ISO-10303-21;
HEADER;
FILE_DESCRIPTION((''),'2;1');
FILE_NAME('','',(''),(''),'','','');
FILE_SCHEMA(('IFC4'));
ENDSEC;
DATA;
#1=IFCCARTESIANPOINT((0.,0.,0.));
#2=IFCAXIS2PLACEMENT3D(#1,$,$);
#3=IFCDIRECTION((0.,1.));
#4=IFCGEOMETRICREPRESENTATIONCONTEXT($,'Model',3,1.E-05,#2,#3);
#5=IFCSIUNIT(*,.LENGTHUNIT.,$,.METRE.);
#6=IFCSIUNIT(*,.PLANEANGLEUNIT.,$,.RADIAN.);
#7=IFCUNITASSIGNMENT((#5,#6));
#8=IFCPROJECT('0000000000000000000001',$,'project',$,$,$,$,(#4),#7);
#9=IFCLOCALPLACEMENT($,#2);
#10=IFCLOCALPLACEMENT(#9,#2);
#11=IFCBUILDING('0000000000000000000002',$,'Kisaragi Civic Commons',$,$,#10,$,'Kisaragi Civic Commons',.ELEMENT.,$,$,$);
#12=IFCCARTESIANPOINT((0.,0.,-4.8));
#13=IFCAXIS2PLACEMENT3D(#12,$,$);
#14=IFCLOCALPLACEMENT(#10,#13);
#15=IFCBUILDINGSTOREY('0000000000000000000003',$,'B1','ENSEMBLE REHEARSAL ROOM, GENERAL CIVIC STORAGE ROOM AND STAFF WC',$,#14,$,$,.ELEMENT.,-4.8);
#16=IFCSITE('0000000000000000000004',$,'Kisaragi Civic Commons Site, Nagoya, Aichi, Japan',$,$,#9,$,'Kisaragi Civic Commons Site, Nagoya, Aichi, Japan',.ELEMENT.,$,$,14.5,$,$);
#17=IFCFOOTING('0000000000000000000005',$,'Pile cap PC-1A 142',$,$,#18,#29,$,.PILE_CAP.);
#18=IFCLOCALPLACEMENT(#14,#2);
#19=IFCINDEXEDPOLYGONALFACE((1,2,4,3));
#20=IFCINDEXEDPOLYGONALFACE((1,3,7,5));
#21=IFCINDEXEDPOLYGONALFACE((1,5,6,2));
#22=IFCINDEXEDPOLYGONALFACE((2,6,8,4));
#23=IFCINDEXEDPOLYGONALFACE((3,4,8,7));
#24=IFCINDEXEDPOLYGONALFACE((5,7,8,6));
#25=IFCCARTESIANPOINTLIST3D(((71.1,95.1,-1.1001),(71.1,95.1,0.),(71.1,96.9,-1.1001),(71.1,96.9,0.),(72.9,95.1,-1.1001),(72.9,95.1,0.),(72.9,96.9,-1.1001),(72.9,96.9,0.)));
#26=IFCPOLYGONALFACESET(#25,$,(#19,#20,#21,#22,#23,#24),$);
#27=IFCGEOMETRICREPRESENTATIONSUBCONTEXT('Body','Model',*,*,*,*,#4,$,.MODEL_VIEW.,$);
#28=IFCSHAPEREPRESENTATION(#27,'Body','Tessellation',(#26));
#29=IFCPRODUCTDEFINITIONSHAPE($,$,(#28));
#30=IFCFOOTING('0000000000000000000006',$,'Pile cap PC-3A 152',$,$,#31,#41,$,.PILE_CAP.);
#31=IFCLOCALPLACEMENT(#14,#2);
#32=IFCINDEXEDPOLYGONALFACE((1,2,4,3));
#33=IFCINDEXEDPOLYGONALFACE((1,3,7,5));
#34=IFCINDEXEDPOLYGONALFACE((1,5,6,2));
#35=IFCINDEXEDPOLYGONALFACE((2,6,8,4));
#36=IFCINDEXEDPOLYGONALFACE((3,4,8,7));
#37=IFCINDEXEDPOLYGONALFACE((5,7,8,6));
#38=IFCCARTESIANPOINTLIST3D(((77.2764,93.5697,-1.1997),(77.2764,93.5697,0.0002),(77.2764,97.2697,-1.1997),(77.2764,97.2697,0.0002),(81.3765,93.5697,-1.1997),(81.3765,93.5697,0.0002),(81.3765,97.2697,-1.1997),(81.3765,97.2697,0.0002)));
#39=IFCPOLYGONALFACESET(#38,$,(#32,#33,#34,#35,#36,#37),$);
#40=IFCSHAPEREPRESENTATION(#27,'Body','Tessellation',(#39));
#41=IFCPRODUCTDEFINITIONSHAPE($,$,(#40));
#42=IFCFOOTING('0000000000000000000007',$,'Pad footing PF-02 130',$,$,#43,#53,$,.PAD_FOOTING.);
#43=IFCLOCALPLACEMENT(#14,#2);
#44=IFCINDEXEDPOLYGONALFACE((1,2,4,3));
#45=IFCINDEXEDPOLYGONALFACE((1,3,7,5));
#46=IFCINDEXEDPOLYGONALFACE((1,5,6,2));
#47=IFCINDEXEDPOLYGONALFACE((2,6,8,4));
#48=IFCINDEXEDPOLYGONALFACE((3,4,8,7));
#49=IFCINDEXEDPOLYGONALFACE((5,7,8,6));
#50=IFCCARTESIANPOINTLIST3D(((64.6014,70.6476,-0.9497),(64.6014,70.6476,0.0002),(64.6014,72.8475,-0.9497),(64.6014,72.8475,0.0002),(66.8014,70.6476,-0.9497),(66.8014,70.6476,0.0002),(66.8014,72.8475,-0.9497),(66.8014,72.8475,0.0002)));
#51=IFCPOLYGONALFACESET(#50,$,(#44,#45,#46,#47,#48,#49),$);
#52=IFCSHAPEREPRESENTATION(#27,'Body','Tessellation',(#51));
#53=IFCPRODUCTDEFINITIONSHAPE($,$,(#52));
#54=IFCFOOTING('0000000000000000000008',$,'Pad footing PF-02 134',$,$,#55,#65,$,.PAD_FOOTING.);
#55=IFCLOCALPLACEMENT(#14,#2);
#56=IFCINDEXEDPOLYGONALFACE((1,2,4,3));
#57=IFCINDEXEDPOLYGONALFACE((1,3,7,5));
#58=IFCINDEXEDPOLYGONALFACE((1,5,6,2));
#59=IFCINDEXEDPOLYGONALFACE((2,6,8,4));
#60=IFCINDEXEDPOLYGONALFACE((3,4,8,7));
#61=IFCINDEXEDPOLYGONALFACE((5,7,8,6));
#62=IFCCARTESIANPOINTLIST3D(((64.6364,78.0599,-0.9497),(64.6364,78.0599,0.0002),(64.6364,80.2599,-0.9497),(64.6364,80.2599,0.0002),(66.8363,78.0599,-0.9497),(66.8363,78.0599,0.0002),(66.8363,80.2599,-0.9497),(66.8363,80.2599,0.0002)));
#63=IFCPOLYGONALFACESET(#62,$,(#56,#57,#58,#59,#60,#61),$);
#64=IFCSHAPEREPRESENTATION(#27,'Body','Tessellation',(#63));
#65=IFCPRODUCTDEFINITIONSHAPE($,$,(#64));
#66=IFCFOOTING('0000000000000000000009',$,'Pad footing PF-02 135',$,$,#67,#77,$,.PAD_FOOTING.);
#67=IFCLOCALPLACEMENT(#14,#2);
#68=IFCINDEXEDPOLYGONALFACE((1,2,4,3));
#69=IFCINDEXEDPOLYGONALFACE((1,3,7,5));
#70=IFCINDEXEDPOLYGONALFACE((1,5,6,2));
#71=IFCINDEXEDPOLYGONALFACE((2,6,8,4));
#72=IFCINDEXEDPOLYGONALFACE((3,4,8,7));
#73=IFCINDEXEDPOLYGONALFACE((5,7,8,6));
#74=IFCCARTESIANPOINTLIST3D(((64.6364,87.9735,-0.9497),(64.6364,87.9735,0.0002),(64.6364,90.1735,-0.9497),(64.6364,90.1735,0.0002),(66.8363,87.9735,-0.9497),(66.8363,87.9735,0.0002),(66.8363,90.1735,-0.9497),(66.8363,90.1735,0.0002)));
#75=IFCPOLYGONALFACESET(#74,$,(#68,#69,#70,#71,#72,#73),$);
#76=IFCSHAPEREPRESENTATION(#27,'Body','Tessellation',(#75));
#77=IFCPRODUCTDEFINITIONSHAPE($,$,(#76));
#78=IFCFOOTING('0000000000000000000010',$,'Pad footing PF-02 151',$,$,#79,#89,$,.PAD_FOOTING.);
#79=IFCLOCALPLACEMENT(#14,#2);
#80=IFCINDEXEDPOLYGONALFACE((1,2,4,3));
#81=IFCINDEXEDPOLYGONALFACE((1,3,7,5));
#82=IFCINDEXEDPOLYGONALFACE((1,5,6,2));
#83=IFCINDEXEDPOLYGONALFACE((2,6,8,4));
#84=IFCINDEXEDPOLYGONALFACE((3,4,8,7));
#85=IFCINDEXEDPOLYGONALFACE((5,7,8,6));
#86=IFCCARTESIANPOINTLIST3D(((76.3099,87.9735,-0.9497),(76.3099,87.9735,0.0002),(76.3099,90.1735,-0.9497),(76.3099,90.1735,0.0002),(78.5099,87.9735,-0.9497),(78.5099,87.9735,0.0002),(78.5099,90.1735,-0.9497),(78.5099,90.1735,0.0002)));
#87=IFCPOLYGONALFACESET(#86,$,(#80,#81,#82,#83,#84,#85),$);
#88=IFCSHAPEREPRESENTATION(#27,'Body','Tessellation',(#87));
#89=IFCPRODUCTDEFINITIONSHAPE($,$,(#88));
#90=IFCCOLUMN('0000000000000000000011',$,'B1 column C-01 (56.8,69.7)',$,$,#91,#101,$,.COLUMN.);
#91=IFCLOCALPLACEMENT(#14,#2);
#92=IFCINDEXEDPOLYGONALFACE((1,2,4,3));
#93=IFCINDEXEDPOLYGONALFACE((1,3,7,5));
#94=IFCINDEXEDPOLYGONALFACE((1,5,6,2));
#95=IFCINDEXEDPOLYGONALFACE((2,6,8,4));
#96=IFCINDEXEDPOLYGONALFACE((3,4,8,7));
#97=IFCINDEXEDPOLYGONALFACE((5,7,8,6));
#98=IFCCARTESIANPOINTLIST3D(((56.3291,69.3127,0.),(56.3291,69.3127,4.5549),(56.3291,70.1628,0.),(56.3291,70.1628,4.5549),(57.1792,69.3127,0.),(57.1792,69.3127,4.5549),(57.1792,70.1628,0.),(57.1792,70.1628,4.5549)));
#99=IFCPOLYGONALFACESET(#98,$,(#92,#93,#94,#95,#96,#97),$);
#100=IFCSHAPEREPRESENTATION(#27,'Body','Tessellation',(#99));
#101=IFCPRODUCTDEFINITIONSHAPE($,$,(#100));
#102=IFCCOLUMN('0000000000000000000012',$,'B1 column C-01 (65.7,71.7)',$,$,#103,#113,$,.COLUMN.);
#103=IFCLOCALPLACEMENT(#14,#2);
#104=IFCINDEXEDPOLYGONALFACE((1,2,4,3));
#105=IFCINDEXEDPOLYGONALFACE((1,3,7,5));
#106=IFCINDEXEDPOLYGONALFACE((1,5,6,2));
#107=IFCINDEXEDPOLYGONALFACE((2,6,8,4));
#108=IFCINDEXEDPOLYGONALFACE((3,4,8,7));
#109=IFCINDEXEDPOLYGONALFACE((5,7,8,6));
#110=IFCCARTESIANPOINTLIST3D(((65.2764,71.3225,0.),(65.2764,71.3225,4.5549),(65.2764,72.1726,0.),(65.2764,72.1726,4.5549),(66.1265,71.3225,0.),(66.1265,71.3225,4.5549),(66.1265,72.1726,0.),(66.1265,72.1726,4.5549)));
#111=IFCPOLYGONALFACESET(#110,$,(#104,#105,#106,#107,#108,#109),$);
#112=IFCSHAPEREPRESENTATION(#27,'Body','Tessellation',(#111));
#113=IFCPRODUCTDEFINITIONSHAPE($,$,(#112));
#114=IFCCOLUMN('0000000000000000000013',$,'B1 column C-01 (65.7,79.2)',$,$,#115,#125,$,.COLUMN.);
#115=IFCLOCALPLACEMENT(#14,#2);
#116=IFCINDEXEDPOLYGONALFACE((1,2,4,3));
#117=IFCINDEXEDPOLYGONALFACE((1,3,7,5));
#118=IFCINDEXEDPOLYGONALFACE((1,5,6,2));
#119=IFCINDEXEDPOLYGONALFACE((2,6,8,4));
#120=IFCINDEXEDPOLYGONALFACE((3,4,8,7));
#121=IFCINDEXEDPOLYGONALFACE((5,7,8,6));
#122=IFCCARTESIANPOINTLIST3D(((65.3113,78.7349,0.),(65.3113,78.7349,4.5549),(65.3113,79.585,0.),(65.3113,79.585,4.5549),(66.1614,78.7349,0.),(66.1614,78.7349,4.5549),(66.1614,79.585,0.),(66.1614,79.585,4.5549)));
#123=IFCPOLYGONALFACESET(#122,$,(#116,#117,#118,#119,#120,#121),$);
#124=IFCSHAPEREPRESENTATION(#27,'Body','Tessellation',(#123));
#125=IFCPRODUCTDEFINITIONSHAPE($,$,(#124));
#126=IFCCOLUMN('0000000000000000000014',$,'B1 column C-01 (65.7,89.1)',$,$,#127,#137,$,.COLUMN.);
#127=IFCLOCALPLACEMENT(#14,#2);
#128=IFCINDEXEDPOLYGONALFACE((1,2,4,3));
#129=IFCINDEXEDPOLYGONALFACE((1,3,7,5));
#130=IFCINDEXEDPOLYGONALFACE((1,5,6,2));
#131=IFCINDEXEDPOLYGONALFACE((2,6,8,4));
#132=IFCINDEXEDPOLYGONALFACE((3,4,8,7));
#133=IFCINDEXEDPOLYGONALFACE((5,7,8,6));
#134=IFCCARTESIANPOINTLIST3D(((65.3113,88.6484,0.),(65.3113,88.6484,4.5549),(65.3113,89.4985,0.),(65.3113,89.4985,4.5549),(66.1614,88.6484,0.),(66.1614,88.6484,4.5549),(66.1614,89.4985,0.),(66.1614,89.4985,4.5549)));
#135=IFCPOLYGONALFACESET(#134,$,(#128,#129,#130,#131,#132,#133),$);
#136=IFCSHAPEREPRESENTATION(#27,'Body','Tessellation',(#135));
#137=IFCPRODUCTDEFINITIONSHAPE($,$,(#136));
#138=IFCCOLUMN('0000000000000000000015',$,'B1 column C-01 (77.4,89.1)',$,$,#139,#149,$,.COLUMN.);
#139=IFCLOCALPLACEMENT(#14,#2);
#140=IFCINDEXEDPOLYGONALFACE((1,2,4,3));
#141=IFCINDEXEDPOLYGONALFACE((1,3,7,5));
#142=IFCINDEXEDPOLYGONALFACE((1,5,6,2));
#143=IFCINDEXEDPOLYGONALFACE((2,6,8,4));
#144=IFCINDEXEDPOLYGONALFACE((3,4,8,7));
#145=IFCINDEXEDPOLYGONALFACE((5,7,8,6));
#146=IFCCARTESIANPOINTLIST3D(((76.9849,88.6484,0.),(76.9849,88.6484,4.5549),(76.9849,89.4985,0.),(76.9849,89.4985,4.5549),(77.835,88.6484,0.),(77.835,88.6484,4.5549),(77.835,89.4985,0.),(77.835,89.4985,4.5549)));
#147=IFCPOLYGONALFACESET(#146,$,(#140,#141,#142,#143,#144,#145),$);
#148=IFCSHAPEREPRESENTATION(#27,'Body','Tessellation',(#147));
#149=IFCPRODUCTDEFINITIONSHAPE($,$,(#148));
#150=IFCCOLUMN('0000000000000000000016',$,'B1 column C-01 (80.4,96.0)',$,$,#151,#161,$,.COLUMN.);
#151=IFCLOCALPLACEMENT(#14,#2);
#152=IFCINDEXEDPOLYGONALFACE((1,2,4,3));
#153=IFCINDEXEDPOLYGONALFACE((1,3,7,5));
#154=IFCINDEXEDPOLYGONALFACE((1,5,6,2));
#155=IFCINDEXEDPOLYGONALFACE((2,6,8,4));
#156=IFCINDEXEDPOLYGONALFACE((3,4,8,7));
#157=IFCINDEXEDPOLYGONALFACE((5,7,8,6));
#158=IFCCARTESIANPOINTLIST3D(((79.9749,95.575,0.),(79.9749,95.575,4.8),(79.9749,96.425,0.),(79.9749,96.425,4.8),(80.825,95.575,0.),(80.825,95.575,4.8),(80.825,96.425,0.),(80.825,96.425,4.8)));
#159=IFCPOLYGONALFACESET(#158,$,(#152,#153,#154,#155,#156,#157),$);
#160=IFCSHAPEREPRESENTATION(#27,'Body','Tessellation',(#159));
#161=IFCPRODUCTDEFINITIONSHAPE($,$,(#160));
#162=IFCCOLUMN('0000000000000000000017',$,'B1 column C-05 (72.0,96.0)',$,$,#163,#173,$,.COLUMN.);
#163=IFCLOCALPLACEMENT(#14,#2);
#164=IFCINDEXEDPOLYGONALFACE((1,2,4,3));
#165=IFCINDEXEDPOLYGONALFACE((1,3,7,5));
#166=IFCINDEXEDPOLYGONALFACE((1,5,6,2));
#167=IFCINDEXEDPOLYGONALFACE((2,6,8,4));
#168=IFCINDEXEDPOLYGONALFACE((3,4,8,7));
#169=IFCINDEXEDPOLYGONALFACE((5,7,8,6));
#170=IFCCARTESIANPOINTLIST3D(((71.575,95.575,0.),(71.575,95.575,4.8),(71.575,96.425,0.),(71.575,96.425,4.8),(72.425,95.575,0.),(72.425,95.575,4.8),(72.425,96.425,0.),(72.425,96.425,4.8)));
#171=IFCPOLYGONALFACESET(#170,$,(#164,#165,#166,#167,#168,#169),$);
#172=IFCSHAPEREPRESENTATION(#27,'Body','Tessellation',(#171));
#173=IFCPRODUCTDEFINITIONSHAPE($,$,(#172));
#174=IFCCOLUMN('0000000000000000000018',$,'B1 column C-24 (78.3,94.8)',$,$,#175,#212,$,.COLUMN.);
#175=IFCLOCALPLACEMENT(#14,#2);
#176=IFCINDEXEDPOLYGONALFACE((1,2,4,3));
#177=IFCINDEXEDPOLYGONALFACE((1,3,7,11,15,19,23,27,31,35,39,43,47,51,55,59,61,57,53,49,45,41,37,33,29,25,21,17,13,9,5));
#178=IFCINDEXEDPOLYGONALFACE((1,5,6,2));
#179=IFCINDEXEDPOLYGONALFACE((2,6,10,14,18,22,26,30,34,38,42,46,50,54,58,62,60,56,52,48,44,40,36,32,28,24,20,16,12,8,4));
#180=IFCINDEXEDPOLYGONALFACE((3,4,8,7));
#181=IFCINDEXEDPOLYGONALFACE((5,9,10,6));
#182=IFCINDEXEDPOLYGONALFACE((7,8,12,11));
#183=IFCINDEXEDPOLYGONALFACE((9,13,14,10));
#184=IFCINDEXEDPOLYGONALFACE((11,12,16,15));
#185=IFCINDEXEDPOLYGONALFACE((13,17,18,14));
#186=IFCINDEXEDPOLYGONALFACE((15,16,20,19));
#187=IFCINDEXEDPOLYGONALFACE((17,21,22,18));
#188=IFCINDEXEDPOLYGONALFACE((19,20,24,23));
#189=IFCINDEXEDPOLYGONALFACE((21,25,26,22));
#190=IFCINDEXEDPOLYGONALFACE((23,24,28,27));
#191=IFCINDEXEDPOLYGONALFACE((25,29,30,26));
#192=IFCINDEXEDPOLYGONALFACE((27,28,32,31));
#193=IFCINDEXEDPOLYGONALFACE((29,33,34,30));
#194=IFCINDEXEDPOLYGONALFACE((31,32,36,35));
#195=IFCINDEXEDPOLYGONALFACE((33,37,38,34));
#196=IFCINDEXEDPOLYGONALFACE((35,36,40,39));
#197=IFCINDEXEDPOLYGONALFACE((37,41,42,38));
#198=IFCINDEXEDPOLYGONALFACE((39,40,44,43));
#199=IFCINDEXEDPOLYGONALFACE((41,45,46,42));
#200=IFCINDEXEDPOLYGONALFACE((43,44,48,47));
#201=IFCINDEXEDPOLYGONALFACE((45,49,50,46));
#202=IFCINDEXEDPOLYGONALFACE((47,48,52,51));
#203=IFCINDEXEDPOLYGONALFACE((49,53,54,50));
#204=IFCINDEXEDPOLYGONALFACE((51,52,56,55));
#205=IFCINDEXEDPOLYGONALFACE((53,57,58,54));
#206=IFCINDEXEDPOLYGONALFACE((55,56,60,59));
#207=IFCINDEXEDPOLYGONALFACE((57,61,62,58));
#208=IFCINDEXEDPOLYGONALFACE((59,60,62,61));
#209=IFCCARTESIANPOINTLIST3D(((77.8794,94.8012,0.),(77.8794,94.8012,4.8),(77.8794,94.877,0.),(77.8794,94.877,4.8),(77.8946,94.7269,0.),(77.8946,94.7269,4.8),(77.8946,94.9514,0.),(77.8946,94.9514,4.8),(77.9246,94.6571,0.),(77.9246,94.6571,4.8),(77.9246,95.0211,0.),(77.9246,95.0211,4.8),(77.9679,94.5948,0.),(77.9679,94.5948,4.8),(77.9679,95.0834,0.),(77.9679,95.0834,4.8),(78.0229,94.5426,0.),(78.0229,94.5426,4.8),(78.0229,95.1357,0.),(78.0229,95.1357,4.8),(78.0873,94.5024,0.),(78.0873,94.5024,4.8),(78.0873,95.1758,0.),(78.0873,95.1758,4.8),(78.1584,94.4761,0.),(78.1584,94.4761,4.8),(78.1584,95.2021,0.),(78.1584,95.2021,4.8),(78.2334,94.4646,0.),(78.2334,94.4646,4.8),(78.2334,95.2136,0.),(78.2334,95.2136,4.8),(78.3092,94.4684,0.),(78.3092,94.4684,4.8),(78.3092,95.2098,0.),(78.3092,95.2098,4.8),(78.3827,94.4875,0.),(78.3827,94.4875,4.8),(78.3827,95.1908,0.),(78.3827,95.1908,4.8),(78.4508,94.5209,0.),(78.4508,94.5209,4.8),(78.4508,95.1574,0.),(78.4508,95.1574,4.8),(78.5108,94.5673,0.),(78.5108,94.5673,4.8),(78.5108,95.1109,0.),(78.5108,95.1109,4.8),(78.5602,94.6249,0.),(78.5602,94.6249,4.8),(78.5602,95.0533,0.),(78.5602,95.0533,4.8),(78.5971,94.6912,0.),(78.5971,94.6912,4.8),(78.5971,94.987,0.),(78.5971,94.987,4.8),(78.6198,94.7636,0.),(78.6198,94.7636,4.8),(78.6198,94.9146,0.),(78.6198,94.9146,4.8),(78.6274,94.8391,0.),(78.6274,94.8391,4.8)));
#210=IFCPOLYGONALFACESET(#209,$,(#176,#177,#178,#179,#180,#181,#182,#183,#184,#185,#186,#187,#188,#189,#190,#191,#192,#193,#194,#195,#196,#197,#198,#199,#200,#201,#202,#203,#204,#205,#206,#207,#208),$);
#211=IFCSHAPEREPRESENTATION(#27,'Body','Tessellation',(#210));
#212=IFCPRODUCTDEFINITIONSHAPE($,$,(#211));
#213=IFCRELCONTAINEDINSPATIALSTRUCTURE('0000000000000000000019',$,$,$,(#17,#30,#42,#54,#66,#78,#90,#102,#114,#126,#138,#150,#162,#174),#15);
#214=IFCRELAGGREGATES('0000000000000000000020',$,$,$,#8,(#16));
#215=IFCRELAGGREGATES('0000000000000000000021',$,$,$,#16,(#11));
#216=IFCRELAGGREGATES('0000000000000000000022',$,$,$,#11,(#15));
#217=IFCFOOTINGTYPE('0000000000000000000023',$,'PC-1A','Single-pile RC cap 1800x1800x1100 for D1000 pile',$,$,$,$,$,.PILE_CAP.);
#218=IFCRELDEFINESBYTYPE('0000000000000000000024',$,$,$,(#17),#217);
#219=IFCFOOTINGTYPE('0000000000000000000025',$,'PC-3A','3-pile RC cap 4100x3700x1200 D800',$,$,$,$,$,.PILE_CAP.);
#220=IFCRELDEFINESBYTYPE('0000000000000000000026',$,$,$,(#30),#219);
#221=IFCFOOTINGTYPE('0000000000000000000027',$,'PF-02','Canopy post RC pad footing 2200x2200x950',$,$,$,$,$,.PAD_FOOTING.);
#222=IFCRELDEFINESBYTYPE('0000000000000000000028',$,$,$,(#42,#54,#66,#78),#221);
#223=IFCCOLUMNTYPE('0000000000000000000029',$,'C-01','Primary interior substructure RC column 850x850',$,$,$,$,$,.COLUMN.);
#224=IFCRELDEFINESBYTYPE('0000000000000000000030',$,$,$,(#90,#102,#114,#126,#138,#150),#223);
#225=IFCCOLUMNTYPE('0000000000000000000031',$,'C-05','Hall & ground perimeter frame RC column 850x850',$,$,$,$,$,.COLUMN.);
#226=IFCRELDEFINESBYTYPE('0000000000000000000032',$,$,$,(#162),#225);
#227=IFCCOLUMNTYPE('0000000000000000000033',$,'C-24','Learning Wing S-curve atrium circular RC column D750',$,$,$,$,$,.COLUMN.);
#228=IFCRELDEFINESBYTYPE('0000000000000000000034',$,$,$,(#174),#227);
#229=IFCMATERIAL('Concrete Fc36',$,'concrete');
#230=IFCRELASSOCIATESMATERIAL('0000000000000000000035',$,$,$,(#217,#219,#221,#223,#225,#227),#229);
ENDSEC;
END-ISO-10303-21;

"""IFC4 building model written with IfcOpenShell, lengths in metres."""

from ifc_helpers import new_model, si_unit, direction, frame, origin, origin_2d, place, context, subcontext, project, spatial, rectangle, circle, extrude, material, material_profile, profile_set, type_object, element, save


model = new_model("IFC4")

# Units and contexts
model_context = context("Model", 3, precision=1e-05, world=origin(), true_north=direction((0.0, 1.0)))
body_context = subcontext(model_context, "Body", "Model", "MODEL_VIEW")
ifc_project = project(units=[si_unit("LENGTHUNIT", "METRE"), si_unit("PLANEANGLEUNIT", "RADIAN")], contexts=[model_context])

# Site, building, storey
site_placement = place(None, origin())
site = spatial("IfcSite", under=ifc_project, at=site_placement, Name="Kisaragi Civic Commons Site, Nagoya, Aichi, Japan", LongName="Kisaragi Civic Commons Site, Nagoya, Aichi, Japan", CompositionType="ELEMENT", RefElevation=14.5)
building_placement = place(site_placement, origin())
building = spatial("IfcBuilding", under=site, at=building_placement, Name="Kisaragi Civic Commons", LongName="Kisaragi Civic Commons", CompositionType="ELEMENT")
storey_placement = place(building_placement, frame((0.0, 0.0, -4.8)))
storey = spatial("IfcBuildingStorey", under=building, at=storey_placement, Name="B1", Description="ENSEMBLE REHEARSAL ROOM, GENERAL CIVIC STORAGE ROOM AND STAFF WC", CompositionType="ELEMENT", Elevation=-4.8)

# Footings
ifc_material_1 = material(Name="Concrete Fc36", Category="concrete")
footing_type_1 = type_object("IfcFootingType", Name="PC-1A", Description="Single-pile RC cap 1800x1800x1100 for D1000 pile", PredefinedType="PILE_CAP", material=ifc_material_1)
footing_1_placement = place(storey_placement, frame((72.0, 96.0, -1.1001), z_axis=(0.0, 0.0, 1.0), x_axis=(1.0, 0.0, 0.0)))
element("IfcFooting", 1, at=footing_1_placement, inside=storey, type_object=footing_type_1, Name="Pile cap PC-1A 142", PredefinedType="PILE_CAP", context=body_context, shape_type="SweptSolid", body=[
    extrude(rectangle(XDim=1.8, YDim=1.8, at=origin_2d()), origin(), (0.0, 0.0, 1.0), 1.1001),
])
footing_type_2 = type_object("IfcFootingType", Name="PC-3A", Description="3-pile RC cap 4100x3700x1200 D800", PredefinedType="PILE_CAP", material=ifc_material_1)
footing_2_placement = place(storey_placement, frame((79.3264, 95.4197, -1.1997), z_axis=(0.0, 0.0, 1.0), x_axis=(1.0, 0.0, 0.0)))
element("IfcFooting", 2, at=footing_2_placement, inside=storey, type_object=footing_type_2, Name="Pile cap PC-3A 152", PredefinedType="PILE_CAP", context=body_context, shape_type="SweptSolid", body=[
    extrude(rectangle(XDim=4.1001, YDim=3.7, at=origin_2d()), origin(), (0.0, 0.0, 1.0), 1.2),
])
footing_type_3 = type_object("IfcFootingType", Name="PF-02", Description="Canopy post RC pad footing 2200x2200x950", PredefinedType="PAD_FOOTING", material=ifc_material_1)
for number, where, z_axis, x_axis, name in (
    (3, (65.7014, 71.7476, -0.9497), (0.0, 0.0, 1.0), (1.0, 0.0, 0.0), "Pad footing PF-02 130"),
    (4, (65.7363, 79.1599, -0.9497), (0.0, 0.0, 1.0), (1.0, 0.0, 0.0), "Pad footing PF-02 134"),
    (5, (65.7363, 89.0735, -0.9497), (0.0, 0.0, 1.0), (1.0, 0.0, 0.0), "Pad footing PF-02 135"),
    (6, (77.4099, 89.0735, -0.9497), (0.0, 0.0, 1.0), (1.0, 0.0, 0.0), "Pad footing PF-02 151"),
):
    element("IfcFooting", number, at=place(storey_placement, frame(where, z_axis=z_axis, x_axis=x_axis)), inside=storey, type_object=footing_type_3, Name=name, PredefinedType="PAD_FOOTING", context=body_context, shape_type="SweptSolid", body=[
        extrude(rectangle(XDim=2.2, YDim=2.2, at=origin_2d()), origin(), (0.0, 0.0, 1.0), 0.95),
    ])

# Columns
ifc_material_profile_1 = material_profile(ifc_material_1, rectangle(XDim=0.8501, YDim=0.8501, at=origin_2d()), Name="RC-850x850", Category="concrete")
ifc_profile_set_1 = profile_set([ifc_material_profile_1], Name="Concrete Fc36")
column_type_1 = type_object("IfcColumnType", Name="C-01", Description="Primary interior substructure RC column 850x850", PredefinedType="COLUMN", material=ifc_profile_set_1)
for number, where, z_axis, x_axis, name in (
    (7, (56.7542, 69.7378, 0.0), (0.0, 0.0, 1.0), (1.0, 0.0, 0.0), "B1 column C-01 (56.8,69.7)"),
    (8, (65.7014, 71.7476, 0.0), (0.0, 0.0, 1.0), (1.0, 0.0, 0.0), "B1 column C-01 (65.7,71.7)"),
    (9, (65.7363, 79.1599, 0.0), (0.0, 0.0, 1.0), (1.0, 0.0, 0.0), "B1 column C-01 (65.7,79.2)"),
    (10, (65.7363, 89.0735, 0.0), (0.0, 0.0, 1.0), (1.0, 0.0, 0.0), "B1 column C-01 (65.7,89.1)"),
    (11, (77.4099, 89.0735, 0.0), (0.0, 0.0, 1.0), (1.0, 0.0, 0.0), "B1 column C-01 (77.4,89.1)"),
):
    element("IfcColumn", number, at=place(storey_placement, frame(where, z_axis=z_axis, x_axis=x_axis)), inside=storey, type_object=column_type_1, Name=name, PredefinedType="COLUMN", context=body_context, shape_type="SweptSolid", body=[
        extrude(rectangle(XDim=0.8501, YDim=0.8501, at=origin_2d()), origin(), (0.0, 0.0, 1.0), 4.5549),
    ])
column_1_placement = place(storey_placement, frame((80.3999, 96.0, 0.0), z_axis=(0.0, 0.0, 1.0), x_axis=(1.0, 0.0, 0.0)))
element("IfcColumn", 12, at=column_1_placement, inside=storey, type_object=column_type_1, Name="B1 column C-01 (80.4,96.0)", PredefinedType="COLUMN", context=body_context, shape_type="SweptSolid", body=[
    extrude(rectangle(XDim=0.8501, YDim=0.8501, at=origin_2d()), origin(), (0.0, 0.0, 1.0), 4.8),
])
ifc_material_profile_2 = material_profile(ifc_material_1, rectangle(XDim=0.8501, YDim=0.8501, at=origin_2d()), Name="RC-850x850", Category="concrete")
ifc_profile_set_2 = profile_set([ifc_material_profile_2], Name="Concrete Fc36")
column_type_2 = type_object("IfcColumnType", Name="C-05", Description="Hall & ground perimeter frame RC column 850x850", PredefinedType="COLUMN", material=ifc_profile_set_2)
column_2_placement = place(storey_placement, frame((72.0, 96.0, 0.0), z_axis=(0.0, 0.0, 1.0), x_axis=(1.0, 0.0, 0.0)))
element("IfcColumn", 13, at=column_2_placement, inside=storey, type_object=column_type_2, Name="B1 column C-05 (72.0,96.0)", PredefinedType="COLUMN", context=body_context, shape_type="SweptSolid", body=[
    extrude(rectangle(XDim=0.8501, YDim=0.8501, at=origin_2d()), origin(), (0.0, 0.0, 1.0), 4.8),
])
ifc_material_profile_3 = material_profile(ifc_material_1, circle(Radius=0.375, at=origin_2d()), Name="RC-D750", Category="concrete")
ifc_profile_set_3 = profile_set([ifc_material_profile_3], Name="Concrete Fc36")
column_type_3 = type_object("IfcColumnType", Name="C-24", Description="Learning Wing S-curve atrium circular RC column D750", PredefinedType="COLUMN", material=ifc_profile_set_3)
column_3_placement = place(storey_placement, frame((78.2524, 94.8391, 0.0), z_axis=(0.0, 0.0, 1.0), x_axis=(1.0, 0.0, 0.0)))
element("IfcColumn", 14, at=column_3_placement, inside=storey, type_object=column_type_3, Name="B1 column C-24 (78.3,94.8)", PredefinedType="COLUMN", context=body_context, shape_type="SweptSolid", body=[
    extrude(circle(Radius=0.375, at=origin_2d()), origin(), (0.0, 0.0, 1.0), 4.8),
])

save(model, "model.ifc")
